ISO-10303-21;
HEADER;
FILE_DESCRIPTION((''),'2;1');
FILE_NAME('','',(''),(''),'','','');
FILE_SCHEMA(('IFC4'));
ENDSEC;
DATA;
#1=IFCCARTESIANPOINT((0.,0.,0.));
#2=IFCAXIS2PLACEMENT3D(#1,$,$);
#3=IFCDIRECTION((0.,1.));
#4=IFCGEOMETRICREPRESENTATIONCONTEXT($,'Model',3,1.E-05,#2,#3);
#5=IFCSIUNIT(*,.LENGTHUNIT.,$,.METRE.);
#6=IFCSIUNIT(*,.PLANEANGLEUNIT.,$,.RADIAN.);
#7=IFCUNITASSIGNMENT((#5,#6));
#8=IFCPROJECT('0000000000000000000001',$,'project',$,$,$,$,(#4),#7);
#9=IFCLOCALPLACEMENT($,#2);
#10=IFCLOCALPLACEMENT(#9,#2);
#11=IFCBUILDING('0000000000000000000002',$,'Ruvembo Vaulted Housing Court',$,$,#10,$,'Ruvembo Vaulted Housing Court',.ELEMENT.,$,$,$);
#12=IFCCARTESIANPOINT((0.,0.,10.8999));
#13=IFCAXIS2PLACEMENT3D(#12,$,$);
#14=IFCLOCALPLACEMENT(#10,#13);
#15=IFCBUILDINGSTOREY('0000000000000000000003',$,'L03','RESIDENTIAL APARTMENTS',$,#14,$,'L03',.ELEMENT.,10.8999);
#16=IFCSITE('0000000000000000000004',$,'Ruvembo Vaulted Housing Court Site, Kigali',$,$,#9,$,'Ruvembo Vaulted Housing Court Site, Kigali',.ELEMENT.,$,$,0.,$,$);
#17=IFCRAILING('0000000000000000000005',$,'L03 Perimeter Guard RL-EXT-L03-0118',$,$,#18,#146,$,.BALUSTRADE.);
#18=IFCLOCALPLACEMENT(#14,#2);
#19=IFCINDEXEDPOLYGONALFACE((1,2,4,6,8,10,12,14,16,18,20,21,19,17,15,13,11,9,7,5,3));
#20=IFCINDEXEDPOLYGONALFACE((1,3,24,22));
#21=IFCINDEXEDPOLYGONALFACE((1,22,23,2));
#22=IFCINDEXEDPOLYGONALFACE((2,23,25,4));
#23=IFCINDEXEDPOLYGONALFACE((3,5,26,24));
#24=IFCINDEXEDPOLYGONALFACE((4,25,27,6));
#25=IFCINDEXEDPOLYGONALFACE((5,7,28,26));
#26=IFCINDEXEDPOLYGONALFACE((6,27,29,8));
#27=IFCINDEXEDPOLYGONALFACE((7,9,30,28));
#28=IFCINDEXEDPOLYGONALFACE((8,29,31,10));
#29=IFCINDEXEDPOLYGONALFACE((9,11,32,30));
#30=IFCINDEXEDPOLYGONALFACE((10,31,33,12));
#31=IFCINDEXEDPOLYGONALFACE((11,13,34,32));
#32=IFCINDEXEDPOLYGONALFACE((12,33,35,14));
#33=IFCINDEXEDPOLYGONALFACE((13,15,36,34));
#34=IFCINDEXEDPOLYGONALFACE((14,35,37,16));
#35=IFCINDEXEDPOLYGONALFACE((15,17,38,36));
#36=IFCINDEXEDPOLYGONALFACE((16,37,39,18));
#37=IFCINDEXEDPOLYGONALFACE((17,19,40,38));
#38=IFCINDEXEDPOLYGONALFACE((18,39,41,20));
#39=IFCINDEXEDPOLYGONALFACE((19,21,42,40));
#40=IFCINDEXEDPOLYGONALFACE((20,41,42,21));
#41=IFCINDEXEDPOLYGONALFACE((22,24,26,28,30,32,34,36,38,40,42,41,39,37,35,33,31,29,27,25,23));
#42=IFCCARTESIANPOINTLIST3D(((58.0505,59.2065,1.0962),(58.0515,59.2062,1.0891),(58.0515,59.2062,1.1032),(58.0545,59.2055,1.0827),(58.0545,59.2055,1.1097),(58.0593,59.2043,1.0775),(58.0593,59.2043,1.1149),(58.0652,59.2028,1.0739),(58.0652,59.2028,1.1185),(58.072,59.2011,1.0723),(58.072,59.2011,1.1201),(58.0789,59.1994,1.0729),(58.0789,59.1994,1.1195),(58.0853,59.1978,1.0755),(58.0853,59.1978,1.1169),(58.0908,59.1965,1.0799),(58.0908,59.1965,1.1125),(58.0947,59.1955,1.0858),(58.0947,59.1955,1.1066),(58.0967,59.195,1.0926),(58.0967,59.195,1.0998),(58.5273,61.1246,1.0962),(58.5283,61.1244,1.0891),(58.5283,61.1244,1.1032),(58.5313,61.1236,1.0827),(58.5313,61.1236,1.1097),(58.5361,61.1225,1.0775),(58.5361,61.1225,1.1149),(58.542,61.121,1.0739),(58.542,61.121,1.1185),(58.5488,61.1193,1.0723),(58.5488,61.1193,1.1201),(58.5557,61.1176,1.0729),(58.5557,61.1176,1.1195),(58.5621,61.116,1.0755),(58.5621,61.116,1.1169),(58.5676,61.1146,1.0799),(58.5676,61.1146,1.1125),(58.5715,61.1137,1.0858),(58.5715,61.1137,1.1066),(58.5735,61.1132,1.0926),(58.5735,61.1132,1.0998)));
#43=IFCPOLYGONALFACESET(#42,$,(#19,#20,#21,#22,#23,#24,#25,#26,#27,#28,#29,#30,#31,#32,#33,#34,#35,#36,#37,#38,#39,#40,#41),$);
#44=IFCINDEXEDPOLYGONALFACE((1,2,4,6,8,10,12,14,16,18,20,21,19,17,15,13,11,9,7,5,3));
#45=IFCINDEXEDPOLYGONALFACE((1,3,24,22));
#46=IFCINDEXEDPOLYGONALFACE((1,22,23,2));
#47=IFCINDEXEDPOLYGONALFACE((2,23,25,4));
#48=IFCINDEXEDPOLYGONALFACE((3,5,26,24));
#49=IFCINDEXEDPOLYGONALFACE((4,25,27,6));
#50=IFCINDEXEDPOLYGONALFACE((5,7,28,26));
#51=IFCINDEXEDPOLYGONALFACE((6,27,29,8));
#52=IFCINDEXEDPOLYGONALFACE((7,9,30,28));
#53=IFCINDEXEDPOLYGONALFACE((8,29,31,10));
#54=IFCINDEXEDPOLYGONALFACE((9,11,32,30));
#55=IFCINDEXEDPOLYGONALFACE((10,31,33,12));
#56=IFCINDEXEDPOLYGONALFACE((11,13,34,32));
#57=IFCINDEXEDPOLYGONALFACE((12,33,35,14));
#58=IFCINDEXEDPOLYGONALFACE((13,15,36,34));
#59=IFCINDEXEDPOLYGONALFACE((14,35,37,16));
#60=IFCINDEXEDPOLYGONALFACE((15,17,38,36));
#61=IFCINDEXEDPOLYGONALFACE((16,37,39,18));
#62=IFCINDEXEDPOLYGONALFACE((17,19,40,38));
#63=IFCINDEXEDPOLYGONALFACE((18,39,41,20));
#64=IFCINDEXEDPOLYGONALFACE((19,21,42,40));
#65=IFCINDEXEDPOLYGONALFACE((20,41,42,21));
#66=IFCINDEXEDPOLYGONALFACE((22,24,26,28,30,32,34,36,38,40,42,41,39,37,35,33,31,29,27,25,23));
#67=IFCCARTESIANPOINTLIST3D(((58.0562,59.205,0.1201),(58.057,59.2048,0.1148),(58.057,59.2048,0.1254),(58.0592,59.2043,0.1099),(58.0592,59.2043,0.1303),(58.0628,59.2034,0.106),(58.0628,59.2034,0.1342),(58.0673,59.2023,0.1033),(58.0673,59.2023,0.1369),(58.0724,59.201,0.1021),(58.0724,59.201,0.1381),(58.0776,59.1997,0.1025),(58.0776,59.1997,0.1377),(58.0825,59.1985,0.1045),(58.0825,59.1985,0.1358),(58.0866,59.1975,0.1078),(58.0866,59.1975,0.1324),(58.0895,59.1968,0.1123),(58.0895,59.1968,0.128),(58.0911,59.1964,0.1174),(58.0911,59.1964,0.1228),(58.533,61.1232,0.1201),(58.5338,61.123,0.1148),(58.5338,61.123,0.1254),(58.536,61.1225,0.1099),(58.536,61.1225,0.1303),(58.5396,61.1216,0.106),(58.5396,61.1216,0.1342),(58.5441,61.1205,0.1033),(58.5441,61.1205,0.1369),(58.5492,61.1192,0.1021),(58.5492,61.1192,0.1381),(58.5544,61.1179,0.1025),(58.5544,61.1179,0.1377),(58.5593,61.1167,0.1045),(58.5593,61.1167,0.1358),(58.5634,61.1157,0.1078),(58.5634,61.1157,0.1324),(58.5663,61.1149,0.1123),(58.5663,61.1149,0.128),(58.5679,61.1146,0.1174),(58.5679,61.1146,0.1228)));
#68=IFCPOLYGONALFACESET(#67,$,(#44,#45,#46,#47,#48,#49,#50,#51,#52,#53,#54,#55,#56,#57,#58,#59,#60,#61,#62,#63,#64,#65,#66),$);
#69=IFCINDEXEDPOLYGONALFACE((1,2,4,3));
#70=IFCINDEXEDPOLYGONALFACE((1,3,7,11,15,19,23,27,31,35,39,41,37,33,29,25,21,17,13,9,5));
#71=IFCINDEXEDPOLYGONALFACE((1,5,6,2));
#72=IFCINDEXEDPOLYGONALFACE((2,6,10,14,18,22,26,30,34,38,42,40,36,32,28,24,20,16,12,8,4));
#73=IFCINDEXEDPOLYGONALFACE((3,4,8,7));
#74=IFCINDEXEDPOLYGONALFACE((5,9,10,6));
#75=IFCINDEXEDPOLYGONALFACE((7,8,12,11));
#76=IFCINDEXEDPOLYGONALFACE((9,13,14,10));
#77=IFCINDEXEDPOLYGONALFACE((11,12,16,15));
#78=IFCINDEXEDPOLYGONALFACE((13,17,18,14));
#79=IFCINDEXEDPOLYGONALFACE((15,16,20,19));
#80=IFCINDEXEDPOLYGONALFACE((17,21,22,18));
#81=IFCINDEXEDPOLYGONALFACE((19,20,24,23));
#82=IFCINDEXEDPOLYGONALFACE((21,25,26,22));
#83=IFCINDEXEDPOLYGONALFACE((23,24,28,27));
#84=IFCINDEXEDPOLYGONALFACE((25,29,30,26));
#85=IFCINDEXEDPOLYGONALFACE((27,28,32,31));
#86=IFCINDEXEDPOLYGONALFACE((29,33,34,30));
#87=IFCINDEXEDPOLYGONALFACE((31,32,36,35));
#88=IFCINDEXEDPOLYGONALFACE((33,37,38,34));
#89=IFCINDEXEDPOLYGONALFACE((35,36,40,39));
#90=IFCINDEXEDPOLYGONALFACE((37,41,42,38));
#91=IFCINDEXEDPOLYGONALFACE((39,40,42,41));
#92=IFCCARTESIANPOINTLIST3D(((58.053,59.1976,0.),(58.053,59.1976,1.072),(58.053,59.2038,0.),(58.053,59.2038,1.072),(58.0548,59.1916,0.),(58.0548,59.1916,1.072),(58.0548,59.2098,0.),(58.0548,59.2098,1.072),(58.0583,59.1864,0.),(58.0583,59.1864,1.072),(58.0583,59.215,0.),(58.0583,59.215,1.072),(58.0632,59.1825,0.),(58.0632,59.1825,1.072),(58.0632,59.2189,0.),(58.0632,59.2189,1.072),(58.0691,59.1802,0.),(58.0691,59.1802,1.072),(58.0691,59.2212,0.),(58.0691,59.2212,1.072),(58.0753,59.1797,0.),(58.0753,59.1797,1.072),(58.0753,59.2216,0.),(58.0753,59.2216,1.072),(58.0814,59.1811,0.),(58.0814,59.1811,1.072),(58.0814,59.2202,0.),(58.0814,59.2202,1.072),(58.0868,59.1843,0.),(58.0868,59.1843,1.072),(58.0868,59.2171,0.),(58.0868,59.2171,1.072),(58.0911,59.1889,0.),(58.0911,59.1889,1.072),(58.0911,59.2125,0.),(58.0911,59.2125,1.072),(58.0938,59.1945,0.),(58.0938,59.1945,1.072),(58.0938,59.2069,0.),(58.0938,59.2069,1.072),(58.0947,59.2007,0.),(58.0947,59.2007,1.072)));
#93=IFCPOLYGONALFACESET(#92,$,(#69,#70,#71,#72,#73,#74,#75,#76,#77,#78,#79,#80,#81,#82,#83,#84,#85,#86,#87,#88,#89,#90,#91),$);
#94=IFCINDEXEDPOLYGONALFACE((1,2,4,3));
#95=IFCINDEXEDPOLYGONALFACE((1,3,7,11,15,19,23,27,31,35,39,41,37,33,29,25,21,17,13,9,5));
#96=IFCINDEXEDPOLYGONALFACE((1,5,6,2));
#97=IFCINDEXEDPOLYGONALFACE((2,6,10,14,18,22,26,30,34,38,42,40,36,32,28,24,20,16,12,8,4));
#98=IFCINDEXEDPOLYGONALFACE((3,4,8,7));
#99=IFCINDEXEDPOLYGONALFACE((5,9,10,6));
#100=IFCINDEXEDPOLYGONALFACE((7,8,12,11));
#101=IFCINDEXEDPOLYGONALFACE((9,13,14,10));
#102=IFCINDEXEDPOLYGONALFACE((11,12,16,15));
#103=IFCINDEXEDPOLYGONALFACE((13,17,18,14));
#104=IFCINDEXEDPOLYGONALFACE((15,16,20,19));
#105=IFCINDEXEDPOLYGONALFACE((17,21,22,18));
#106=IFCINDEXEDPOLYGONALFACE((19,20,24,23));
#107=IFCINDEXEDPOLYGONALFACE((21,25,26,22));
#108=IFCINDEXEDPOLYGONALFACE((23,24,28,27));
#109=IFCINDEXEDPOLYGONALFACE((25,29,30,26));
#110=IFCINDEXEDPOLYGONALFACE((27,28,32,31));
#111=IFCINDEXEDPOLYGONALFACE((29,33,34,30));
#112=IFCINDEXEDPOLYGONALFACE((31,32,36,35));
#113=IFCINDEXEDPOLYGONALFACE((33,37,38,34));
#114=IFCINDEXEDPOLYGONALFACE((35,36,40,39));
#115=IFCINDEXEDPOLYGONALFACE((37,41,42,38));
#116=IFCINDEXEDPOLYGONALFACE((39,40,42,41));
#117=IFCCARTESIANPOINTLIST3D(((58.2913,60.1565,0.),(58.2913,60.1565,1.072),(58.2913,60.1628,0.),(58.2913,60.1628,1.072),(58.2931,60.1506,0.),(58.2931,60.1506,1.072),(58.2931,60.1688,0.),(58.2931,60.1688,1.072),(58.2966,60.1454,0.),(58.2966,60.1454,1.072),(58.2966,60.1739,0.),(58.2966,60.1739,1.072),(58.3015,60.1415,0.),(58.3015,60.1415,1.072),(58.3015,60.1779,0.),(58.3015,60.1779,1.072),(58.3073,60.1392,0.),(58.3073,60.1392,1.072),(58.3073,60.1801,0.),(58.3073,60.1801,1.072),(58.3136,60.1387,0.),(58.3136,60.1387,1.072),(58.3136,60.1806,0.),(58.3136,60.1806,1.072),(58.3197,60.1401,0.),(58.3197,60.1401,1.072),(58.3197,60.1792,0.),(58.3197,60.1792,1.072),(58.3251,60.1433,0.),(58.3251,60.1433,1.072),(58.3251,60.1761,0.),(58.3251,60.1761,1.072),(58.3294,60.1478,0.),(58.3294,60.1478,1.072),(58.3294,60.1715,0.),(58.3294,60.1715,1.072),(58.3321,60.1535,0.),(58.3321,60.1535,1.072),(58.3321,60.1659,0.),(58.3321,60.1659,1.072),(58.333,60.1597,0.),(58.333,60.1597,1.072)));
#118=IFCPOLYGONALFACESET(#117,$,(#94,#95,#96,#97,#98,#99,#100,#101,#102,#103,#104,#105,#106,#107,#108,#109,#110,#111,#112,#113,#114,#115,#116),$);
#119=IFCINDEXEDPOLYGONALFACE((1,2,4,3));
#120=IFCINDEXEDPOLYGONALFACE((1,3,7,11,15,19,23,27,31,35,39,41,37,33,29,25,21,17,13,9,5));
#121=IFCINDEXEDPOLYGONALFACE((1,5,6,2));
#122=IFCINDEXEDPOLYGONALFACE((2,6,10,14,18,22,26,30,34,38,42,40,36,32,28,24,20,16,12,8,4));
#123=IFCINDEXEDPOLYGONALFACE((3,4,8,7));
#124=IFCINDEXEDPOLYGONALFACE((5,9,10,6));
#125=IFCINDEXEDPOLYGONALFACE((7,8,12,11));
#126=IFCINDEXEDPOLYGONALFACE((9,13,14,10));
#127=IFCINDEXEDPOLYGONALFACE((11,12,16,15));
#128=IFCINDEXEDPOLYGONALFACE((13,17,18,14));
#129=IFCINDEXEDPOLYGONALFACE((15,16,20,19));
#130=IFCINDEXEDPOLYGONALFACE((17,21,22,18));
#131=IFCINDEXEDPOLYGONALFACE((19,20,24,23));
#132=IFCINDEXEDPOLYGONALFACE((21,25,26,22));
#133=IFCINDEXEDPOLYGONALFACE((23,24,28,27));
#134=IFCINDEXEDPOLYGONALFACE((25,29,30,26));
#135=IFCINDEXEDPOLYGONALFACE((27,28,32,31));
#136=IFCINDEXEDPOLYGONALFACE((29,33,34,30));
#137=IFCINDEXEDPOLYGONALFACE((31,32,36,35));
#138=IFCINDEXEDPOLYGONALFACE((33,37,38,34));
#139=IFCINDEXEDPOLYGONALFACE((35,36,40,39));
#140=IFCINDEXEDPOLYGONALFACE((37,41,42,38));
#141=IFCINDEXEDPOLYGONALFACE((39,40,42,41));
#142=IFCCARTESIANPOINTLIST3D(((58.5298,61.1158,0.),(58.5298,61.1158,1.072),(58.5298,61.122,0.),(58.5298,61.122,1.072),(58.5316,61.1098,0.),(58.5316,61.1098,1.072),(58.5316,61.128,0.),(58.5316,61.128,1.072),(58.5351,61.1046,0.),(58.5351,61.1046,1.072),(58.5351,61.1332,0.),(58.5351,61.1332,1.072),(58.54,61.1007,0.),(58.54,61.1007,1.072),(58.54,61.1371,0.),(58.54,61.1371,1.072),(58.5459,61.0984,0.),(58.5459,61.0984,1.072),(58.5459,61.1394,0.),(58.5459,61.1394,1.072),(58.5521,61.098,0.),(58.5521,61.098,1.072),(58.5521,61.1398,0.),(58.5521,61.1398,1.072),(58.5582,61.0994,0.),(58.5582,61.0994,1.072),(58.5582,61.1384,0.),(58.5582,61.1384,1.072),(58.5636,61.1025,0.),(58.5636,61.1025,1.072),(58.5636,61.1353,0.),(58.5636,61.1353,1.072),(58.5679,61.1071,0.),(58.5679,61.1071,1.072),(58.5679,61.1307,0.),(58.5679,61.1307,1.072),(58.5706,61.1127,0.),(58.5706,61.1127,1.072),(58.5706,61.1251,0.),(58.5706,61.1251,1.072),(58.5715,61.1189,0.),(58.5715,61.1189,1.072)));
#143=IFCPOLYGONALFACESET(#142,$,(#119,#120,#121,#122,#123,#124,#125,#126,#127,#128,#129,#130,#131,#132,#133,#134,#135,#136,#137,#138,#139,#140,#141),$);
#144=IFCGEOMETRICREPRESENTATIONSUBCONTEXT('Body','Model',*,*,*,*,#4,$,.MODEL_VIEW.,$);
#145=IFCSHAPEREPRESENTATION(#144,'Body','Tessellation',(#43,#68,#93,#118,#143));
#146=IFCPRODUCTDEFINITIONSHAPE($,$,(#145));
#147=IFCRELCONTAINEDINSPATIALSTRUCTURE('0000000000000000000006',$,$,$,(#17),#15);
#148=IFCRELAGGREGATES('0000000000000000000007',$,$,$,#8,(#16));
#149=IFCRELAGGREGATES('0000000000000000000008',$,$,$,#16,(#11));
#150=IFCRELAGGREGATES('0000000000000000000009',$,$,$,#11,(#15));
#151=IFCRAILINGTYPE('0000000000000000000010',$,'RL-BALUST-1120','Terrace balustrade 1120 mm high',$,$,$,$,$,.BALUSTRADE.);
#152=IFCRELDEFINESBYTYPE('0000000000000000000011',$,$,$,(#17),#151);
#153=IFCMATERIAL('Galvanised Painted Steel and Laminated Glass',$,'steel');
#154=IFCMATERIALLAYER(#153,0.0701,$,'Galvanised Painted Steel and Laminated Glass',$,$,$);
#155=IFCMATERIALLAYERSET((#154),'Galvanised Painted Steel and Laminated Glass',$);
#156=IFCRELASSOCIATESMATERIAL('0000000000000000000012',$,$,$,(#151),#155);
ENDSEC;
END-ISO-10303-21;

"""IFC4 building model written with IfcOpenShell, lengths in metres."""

from ifc_helpers import new_model, si_unit, direction, frame, origin, origin_2d, place, context, subcontext, project, spatial, circle, extrude, material, layer, layer_set, type_object, element, save


model = new_model("IFC4")

# Units and contexts
model_context = context("Model", 3, precision=1e-05, world=origin(), true_north=direction((0.0, 1.0)))
body_context = subcontext(model_context, "Body", "Model", "MODEL_VIEW")
ifc_project = project(units=[si_unit("LENGTHUNIT", "METRE"), si_unit("PLANEANGLEUNIT", "RADIAN")], contexts=[model_context])

# Site, building, storey
site_placement = place(None, origin())
site = spatial("IfcSite", under=ifc_project, at=site_placement, Name="Ruvembo Vaulted Housing Court Site, Kigali", LongName="Ruvembo Vaulted Housing Court Site, Kigali", CompositionType="ELEMENT", RefElevation=0.0)
building_placement = place(site_placement, origin())
building = spatial("IfcBuilding", under=site, at=building_placement, Name="Ruvembo Vaulted Housing Court", LongName="Ruvembo Vaulted Housing Court", CompositionType="ELEMENT")
storey_placement = place(building_placement, frame((0.0, 0.0, 10.8999)))
storey = spatial("IfcBuildingStorey", under=building, at=storey_placement, Name="L03", Description="RESIDENTIAL APARTMENTS", LongName="L03", CompositionType="ELEMENT", Elevation=10.8999)

# Railing
ifc_material_1 = material(Name="Galvanised Painted Steel and Laminated Glass", Category="steel")
ifc_layer_1 = layer(ifc_material_1, 0.0701, Name="Galvanised Painted Steel and Laminated Glass")
ifc_layer_set_1 = layer_set([ifc_layer_1], Name="Galvanised Painted Steel and Laminated Glass")
railing_type = type_object("IfcRailingType", Name="RL-BALUST-1120", Description="Terrace balustrade 1120 mm high", PredefinedType="BALUSTRADE", material=ifc_layer_set_1)
railing_1_placement = place(storey_placement, frame((58.0737, 59.2007, 0.0)))
element("IfcRailing", 1, at=railing_1_placement, inside=storey, type_object=railing_type, Name="L03 Perimeter Guard RL-EXT-L03-0118", PredefinedType="BALUSTRADE", context=body_context, shape_type="SweptSolid", body=[
    extrude(circle(Radius=0.0239, at=origin_2d()), frame((0.0, 0.0, 1.0962), z_axis=(0.241228, 0.970469, 0.0), x_axis=(-0.970469, 0.241228, 0.0)), (0.0, 0.0, 1.0), 1.9766),
    extrude(circle(Radius=0.0181, at=origin_2d()), frame((0.0, 0.0, 0.1201), z_axis=(0.241228, 0.970469, 0.0), x_axis=(-0.970469, 0.241228, 0.0)), (0.0, 0.0, 1.0), 1.9766),
    extrude(circle(Radius=0.021, at=origin_2d()), origin(), (0.0, 0.0, 1.0), 1.072),
    extrude(circle(Radius=0.021, at=origin_2d()), frame((0.2383, 0.959, 0.0)), (0.0, 0.0, 1.0), 1.072),
    extrude(circle(Radius=0.021, at=origin_2d()), frame((0.4768, 1.9182, 0.0)), (0.0, 0.0, 1.0), 1.072),
])

save(model, "model.ifc")
